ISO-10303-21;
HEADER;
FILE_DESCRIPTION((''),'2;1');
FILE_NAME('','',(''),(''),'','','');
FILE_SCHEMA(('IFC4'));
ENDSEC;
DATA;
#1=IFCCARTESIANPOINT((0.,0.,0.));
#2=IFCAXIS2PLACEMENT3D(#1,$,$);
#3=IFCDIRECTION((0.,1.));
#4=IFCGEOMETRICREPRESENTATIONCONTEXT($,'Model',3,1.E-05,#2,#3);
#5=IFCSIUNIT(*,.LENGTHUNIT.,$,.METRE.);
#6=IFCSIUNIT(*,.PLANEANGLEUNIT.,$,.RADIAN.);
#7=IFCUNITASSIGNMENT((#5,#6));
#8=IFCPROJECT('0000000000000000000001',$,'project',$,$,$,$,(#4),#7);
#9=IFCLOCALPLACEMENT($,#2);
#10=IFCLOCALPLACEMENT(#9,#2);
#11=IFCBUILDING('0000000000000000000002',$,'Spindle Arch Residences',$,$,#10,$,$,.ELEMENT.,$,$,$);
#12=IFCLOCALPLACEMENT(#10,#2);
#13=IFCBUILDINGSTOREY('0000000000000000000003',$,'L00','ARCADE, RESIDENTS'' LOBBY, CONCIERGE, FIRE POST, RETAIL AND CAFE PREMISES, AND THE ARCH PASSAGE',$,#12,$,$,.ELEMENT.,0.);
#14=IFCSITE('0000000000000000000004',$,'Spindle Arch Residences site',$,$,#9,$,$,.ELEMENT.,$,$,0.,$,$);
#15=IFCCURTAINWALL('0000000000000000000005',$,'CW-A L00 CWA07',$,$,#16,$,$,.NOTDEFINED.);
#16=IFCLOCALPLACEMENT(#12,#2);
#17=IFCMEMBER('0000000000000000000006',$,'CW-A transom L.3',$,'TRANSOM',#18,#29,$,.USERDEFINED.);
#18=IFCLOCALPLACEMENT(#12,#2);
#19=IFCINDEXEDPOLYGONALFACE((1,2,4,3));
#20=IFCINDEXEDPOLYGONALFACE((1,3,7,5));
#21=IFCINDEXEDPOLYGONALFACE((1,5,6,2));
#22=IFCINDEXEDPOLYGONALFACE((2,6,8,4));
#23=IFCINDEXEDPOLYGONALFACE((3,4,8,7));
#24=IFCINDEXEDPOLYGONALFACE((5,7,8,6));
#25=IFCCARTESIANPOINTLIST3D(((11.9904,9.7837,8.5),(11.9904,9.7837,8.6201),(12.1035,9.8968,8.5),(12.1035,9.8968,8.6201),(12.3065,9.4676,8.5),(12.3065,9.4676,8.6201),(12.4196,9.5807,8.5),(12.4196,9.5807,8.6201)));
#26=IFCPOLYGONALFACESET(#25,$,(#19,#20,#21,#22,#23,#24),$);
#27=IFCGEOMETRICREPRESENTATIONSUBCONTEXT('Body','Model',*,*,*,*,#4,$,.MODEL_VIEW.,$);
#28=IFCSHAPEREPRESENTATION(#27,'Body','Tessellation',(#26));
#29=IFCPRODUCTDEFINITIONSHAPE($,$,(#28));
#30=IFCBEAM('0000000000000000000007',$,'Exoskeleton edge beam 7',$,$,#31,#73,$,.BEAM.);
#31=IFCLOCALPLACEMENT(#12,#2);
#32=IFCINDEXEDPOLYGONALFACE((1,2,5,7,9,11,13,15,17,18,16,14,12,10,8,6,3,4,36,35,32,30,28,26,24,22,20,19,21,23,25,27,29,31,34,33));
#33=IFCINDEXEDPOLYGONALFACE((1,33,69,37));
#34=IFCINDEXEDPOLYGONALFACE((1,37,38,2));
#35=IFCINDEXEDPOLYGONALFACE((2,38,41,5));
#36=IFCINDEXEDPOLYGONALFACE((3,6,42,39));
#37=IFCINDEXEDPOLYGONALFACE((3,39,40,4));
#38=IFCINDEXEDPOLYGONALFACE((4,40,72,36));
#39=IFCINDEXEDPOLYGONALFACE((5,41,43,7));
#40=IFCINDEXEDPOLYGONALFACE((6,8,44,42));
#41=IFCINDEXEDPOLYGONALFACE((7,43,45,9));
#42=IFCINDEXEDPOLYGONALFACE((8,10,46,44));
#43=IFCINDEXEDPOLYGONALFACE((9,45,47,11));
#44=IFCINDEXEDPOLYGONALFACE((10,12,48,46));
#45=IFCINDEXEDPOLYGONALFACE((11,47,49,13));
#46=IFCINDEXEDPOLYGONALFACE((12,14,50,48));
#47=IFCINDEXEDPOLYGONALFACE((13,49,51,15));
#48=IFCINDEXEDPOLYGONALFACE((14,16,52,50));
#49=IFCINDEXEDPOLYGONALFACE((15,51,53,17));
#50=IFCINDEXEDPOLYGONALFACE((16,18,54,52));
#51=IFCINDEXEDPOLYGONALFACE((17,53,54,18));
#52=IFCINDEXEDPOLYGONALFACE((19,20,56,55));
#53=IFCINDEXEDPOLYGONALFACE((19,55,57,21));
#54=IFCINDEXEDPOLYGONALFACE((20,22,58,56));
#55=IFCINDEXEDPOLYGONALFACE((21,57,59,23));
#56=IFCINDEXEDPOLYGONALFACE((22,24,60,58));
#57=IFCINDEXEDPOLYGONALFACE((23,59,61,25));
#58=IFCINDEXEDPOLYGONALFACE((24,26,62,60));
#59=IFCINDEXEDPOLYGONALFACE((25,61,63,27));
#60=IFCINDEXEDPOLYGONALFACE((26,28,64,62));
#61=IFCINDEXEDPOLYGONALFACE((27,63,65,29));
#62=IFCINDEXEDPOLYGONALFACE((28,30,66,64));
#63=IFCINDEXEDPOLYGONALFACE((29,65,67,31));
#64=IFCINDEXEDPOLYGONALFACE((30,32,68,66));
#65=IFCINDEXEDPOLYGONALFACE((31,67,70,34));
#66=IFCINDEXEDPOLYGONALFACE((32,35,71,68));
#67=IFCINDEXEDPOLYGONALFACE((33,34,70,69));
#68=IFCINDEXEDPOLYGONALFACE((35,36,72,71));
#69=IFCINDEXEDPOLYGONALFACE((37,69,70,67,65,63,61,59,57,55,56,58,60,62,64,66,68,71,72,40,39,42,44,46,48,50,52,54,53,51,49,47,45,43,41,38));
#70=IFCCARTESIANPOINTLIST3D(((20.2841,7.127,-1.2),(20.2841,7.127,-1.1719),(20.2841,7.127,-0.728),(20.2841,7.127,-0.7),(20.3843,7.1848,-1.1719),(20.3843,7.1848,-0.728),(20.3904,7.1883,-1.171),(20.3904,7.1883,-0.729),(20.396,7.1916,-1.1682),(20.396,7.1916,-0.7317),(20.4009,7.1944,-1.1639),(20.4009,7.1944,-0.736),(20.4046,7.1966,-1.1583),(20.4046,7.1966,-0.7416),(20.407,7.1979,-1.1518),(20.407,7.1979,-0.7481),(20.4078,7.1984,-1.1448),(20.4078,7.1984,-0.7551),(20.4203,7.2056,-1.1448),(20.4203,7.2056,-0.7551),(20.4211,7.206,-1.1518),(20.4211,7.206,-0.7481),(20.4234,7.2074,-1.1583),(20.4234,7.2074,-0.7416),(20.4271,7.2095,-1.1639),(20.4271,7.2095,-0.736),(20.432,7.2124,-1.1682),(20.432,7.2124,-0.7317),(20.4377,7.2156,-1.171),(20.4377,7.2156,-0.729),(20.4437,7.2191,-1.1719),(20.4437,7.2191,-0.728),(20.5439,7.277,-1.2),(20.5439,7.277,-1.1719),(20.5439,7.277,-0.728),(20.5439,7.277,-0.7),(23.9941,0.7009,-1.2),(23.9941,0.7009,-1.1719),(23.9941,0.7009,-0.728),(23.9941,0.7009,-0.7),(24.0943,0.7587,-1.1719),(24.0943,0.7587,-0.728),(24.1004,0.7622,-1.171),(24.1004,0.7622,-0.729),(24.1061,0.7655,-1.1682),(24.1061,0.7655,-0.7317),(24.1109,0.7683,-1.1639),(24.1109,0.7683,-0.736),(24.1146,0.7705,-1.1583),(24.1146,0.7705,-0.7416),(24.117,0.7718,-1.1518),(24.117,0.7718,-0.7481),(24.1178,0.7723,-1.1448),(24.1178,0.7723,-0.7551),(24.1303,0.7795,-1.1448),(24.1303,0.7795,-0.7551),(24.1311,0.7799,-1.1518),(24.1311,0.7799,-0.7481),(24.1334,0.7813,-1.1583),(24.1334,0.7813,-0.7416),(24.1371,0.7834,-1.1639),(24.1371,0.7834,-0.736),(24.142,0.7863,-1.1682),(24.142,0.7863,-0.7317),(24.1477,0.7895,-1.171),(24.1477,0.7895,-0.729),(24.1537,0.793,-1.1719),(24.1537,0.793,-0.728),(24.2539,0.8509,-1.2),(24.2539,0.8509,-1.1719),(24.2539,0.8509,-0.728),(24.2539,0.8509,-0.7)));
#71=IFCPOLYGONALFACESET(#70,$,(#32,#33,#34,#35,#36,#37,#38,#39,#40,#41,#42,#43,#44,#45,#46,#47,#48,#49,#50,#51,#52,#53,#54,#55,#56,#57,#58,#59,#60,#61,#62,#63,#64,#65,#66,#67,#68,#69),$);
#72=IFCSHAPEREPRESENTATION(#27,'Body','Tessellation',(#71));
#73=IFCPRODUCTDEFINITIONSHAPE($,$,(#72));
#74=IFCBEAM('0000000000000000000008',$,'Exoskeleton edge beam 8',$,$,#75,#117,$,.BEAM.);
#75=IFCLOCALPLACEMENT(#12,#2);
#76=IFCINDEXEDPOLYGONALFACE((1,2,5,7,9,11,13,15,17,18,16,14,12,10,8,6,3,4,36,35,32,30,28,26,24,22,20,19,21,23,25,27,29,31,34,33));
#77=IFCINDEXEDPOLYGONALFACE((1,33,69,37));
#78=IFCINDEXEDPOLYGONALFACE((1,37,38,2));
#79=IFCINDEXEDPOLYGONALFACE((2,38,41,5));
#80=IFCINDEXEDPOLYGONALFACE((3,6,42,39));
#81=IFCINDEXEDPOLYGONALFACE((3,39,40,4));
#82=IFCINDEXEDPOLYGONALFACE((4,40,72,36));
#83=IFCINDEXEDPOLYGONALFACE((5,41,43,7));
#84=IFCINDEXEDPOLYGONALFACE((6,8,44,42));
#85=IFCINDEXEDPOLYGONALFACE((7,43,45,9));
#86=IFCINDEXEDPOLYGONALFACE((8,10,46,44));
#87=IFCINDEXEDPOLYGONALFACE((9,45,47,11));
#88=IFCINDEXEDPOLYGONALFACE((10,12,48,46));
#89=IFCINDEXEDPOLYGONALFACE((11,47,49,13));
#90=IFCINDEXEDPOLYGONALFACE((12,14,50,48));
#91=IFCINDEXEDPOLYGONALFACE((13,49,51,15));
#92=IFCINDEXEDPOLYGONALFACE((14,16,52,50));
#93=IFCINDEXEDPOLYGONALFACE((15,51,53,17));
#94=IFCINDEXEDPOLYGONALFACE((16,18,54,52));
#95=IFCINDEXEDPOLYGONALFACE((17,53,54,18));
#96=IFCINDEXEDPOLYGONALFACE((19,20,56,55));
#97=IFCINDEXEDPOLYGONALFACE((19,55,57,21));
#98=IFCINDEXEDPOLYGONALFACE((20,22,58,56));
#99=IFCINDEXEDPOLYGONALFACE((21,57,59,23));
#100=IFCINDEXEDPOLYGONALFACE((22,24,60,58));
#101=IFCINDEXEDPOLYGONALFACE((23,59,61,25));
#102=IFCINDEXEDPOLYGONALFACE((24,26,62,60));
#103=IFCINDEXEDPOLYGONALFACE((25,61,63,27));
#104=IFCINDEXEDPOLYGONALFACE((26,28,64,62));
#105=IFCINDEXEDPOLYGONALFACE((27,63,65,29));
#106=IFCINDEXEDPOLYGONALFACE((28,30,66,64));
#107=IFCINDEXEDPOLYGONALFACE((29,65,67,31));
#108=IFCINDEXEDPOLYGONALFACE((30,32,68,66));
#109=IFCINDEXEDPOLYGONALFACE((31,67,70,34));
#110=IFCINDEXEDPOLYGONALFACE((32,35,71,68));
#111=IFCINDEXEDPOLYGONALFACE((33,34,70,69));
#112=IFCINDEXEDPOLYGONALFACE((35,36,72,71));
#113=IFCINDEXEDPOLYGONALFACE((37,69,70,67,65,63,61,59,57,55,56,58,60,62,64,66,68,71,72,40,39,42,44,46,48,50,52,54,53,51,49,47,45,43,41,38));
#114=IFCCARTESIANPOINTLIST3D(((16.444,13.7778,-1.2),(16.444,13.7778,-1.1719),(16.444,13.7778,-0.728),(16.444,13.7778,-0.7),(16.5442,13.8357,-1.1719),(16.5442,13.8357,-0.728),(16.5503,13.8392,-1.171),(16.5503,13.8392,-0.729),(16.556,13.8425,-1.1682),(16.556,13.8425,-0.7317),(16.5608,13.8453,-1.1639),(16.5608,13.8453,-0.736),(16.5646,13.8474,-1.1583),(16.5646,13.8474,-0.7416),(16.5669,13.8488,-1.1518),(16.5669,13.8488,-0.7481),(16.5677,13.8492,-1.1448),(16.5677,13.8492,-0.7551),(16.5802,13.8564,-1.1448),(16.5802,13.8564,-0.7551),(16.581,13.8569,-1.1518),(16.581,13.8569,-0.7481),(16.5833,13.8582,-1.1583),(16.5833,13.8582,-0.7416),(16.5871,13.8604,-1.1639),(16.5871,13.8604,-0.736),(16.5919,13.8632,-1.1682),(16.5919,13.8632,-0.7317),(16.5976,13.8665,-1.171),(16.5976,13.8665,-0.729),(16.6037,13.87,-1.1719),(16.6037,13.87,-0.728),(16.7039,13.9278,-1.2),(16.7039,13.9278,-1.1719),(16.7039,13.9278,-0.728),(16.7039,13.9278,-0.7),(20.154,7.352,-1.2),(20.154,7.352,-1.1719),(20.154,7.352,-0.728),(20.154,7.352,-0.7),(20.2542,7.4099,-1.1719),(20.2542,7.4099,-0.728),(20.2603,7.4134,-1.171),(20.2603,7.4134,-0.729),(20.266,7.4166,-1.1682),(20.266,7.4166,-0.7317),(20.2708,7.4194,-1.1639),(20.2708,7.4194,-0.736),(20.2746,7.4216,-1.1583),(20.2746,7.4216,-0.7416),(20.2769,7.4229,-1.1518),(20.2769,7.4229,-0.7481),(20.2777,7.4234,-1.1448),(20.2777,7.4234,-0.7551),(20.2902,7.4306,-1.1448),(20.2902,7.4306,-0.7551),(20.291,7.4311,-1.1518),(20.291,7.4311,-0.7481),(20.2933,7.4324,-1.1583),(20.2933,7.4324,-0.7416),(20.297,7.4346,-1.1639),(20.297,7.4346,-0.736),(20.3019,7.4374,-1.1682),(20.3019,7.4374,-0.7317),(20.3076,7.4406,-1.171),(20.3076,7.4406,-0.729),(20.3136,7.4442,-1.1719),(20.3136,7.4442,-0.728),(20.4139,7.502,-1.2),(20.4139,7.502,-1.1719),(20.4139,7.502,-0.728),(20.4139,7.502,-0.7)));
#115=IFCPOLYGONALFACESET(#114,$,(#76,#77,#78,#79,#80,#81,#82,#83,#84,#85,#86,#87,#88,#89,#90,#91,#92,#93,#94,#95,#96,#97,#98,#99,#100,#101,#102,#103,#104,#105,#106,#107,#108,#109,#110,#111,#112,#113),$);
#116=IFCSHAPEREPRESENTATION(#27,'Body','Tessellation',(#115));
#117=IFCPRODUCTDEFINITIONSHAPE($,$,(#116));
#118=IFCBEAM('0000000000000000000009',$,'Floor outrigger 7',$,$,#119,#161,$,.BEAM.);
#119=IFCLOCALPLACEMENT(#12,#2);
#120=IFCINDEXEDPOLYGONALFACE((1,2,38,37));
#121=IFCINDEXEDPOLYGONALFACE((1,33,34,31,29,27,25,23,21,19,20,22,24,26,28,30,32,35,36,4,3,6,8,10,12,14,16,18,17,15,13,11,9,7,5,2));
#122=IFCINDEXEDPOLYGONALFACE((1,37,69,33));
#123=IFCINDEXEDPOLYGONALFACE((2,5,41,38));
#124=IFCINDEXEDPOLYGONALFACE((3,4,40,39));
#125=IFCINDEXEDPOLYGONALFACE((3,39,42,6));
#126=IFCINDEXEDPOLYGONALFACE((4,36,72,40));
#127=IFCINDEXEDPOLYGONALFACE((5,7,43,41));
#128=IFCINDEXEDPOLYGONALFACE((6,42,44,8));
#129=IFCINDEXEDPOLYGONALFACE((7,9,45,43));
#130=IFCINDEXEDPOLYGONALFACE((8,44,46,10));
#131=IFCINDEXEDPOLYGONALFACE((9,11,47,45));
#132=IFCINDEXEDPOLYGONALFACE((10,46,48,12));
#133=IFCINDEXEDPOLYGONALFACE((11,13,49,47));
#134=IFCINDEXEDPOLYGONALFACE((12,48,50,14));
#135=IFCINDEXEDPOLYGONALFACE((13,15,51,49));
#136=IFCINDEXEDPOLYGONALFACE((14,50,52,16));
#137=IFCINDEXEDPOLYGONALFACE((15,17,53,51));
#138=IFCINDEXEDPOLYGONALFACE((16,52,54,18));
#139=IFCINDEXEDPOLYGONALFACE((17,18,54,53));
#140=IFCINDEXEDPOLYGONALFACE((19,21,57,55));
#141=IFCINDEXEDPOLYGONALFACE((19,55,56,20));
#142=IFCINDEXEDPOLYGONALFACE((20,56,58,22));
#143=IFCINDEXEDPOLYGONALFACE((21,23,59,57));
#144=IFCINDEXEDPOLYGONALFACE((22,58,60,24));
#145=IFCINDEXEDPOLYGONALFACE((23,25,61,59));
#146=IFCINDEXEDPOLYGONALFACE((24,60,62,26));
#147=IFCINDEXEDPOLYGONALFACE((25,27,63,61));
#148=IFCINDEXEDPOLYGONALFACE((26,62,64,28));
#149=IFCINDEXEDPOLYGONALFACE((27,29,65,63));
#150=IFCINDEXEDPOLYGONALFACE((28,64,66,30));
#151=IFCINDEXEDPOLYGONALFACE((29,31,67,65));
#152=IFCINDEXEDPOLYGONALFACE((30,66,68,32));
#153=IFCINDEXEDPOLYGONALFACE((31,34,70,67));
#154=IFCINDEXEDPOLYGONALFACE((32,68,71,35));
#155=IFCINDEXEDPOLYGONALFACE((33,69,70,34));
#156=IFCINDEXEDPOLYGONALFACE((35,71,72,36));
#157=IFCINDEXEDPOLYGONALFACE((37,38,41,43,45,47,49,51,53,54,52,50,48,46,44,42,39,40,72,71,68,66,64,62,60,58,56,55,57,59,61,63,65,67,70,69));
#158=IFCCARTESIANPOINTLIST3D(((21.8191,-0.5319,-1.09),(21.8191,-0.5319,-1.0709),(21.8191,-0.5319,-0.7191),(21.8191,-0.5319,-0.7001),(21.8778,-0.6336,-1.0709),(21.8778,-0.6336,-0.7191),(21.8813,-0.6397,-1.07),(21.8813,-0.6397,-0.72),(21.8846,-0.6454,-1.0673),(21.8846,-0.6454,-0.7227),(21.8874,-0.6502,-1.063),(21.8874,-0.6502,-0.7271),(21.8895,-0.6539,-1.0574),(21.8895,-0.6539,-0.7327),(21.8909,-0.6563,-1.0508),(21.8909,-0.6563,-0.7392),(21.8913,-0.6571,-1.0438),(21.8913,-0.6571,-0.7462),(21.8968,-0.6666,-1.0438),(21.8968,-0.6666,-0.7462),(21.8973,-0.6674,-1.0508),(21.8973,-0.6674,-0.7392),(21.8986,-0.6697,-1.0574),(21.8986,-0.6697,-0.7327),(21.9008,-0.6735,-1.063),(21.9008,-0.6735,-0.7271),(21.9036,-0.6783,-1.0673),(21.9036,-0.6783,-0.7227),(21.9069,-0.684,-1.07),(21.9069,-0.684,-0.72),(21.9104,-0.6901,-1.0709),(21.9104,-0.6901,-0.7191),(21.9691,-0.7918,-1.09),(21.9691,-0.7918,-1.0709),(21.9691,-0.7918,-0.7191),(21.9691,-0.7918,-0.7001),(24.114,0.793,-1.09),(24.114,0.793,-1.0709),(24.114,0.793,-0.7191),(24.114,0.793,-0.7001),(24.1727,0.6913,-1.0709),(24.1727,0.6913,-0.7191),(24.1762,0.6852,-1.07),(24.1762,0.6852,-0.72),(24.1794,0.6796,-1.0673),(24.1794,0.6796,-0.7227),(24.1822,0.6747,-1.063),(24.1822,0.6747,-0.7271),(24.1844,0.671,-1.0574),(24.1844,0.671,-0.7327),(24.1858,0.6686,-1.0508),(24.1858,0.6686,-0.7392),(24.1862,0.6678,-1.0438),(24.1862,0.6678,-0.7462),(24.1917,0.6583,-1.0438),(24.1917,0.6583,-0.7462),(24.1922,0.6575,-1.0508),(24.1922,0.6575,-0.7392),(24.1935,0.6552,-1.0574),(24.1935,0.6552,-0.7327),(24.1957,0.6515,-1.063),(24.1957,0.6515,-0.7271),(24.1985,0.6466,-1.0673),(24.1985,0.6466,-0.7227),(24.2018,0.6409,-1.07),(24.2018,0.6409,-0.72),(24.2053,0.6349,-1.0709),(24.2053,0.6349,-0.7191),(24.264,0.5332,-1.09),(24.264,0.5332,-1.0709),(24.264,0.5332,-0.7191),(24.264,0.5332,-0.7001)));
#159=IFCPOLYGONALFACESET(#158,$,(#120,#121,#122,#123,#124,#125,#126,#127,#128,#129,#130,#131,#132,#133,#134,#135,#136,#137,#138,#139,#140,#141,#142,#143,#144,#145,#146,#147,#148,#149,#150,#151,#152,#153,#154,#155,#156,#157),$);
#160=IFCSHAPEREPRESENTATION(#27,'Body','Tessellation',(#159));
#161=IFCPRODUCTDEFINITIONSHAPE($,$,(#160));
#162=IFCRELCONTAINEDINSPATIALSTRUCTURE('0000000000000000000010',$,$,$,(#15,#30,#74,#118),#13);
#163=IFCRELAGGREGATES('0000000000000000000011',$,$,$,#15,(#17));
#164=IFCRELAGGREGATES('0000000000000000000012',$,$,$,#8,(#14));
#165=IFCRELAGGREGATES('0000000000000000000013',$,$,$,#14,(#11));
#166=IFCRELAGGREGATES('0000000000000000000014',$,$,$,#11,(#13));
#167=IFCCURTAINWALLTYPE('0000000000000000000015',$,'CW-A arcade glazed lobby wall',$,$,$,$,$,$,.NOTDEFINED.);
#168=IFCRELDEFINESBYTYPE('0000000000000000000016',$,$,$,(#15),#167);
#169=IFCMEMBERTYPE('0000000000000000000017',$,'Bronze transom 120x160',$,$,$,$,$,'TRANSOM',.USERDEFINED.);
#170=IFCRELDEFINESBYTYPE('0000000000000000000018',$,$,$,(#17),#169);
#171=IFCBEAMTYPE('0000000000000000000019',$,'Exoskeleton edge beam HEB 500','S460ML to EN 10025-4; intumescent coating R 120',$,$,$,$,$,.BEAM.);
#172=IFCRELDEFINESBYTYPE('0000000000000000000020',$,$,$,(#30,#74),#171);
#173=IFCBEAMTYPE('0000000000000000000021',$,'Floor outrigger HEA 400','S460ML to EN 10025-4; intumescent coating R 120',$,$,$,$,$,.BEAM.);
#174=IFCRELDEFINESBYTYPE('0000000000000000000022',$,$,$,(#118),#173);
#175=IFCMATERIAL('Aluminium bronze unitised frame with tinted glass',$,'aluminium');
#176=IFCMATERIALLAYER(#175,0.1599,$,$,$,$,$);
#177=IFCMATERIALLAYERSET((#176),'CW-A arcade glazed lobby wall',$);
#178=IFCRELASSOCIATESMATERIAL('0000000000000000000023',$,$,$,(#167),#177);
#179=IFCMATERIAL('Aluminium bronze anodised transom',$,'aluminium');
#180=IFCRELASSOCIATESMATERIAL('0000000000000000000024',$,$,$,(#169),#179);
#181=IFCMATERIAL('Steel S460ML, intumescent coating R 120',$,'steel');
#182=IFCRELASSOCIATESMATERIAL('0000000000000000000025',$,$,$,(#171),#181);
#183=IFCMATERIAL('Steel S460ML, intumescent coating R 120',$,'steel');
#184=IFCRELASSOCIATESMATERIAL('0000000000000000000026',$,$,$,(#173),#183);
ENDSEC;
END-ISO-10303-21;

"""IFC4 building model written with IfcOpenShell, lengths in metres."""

from ifc_helpers import new_model, si_unit, direction, frame, origin, origin_2d, place, context, subcontext, project, spatial, rectangle, i_section, extrude, material, layer, layer_set, material_profile, profile_set, type_object, element, aggregate, save


model = new_model("IFC4")

# Units and contexts
model_context = context("Model", 3, precision=1e-05, world=origin(), true_north=direction((0.0, 1.0)))
body_context = subcontext(model_context, "Body", "Model", "MODEL_VIEW")
ifc_project = project(units=[si_unit("LENGTHUNIT", "METRE"), si_unit("PLANEANGLEUNIT", "RADIAN")], contexts=[model_context])

# Site, building, storey
site_placement = place(None, origin())
site = spatial("IfcSite", under=ifc_project, at=site_placement, Name="Spindle Arch Residences site", CompositionType="ELEMENT", RefElevation=0.0)
building_placement = place(site_placement, origin())
building = spatial("IfcBuilding", under=site, at=building_placement, Name="Spindle Arch Residences", CompositionType="ELEMENT")
storey_placement = place(building_placement, origin())
storey = spatial("IfcBuildingStorey", under=building, at=storey_placement, Name="L00", Description="ARCADE, RESIDENTS' LOBBY, CONCIERGE, FIRE POST, RETAIL AND CAFE PREMISES, AND THE ARCH PASSAGE", CompositionType="ELEMENT", Elevation=0.0)

# Curtain wall
ifc_material_1 = material(Name="Aluminium bronze unitised frame with tinted glass", Category="aluminium")
ifc_layer_1 = layer(ifc_material_1, 0.1599)
ifc_layer_set_1 = layer_set([ifc_layer_1], Name="CW-A arcade glazed lobby wall")
curtain_wall_type = type_object("IfcCurtainWallType", Name="CW-A arcade glazed lobby wall", PredefinedType="NOTDEFINED", material=ifc_layer_set_1)
curtain_wall_1_placement = place(storey_placement, origin())
curtain_wall_1 = element("IfcCurtainWall", 1, at=curtain_wall_1_placement, inside=storey, type_object=curtain_wall_type, Name="CW-A L00 CWA07", PredefinedType="NOTDEFINED")

# Member
ifc_material_2 = material(Name="Aluminium bronze anodised transom", Category="aluminium")
ifc_material_profile_1 = material_profile(ifc_material_2, rectangle(XDim=0.1599, YDim=0.1201, at=origin_2d()), Name="TR 120x160")
ifc_profile_set_1 = profile_set([ifc_material_profile_1], Name="Aluminium bronze anodised transom")
member_type_1 = type_object("IfcMemberType", Name="Bronze transom 120x160", ElementType="TRANSOM", PredefinedType="USERDEFINED", material=ifc_profile_set_1)
member_1_placement = place(storey_placement, frame((12.363, 9.5242, 8.5601), z_axis=(-0.707107, 0.707107, 0.0), x_axis=(-0.707107, -0.707107, 0.0)))
member_1 = element("IfcMember", 2, at=member_1_placement, type_object=member_type_1, Name="CW-A transom L.3", ObjectType="TRANSOM", PredefinedType="USERDEFINED", context=body_context, shape_type="SweptSolid", body=[
    extrude(rectangle(XDim=0.1599, YDim=0.1201, at=origin_2d()), origin(), (0.0, 0.0, 1.0), 0.447),
])

# Beams
ifc_material_3 = material(Name="Steel S460ML, intumescent coating R 120", Category="steel")
ifc_material_profile_2 = material_profile(ifc_material_3, i_section(OverallWidth=0.3, OverallDepth=0.5, WebThickness=0.0144, FlangeThickness=0.0281, FilletRadius=0.0271, at=origin_2d()), Name="HEB 500")
ifc_profile_set_2 = profile_set([ifc_material_profile_2], Name="Steel S460ML, intumescent coating R 120")
beam_type_1 = type_object("IfcBeamType", Name="Exoskeleton edge beam HEB 500", Description="S460ML to EN 10025-4; intumescent coating R 120", PredefinedType="BEAM", material=ifc_profile_set_2)
beam_1_placement = place(storey_placement, frame((24.124, 0.7759, -0.95), z_axis=(-0.499989, 0.866032, 0.0), x_axis=(-0.866032, -0.499989, 0.0)))
element("IfcBeam", 3, at=beam_1_placement, inside=storey, type_object=beam_type_1, Name="Exoskeleton edge beam 7", PredefinedType="BEAM", context=body_context, shape_type="SweptSolid", body=[
    extrude(i_section(OverallWidth=0.3, OverallDepth=0.5, WebThickness=0.0144, FlangeThickness=0.0281, FilletRadius=0.0271, at=origin_2d()), origin(), (0.0, 0.0, 1.0), 7.4202),
])
beam_2_placement = place(storey_placement, frame((20.2839, 7.427, -0.95), z_axis=(-0.500003, 0.866023, 0.0), x_axis=(-0.866023, -0.500003, 0.0)))
element("IfcBeam", 4, at=beam_2_placement, inside=storey, type_object=beam_type_1, Name="Exoskeleton edge beam 8", PredefinedType="BEAM", context=body_context, shape_type="SweptSolid", body=[
    extrude(i_section(OverallWidth=0.3, OverallDepth=0.5, WebThickness=0.0144, FlangeThickness=0.0281, FilletRadius=0.0271, at=origin_2d()), origin(), (0.0, 0.0, 1.0), 7.4199),
])
ifc_material_4 = material(Name="Steel S460ML, intumescent coating R 120", Category="steel")
ifc_material_profile_3 = material_profile(ifc_material_4, i_section(OverallWidth=0.3, OverallDepth=0.3899, WebThickness=0.011, FlangeThickness=0.019, FilletRadius=0.0271, at=origin_2d()), Name="HEA 400")
ifc_profile_set_3 = profile_set([ifc_material_profile_3], Name="Steel S460ML, intumescent coating R 120")
beam_type_2 = type_object("IfcBeamType", Name="Floor outrigger HEA 400", Description="S460ML to EN 10025-4; intumescent coating R 120", PredefinedType="BEAM", material=ifc_profile_set_3)
beam_3_placement = place(storey_placement, frame((24.189, 0.6631, -0.895), z_axis=(-0.866029, -0.499994, 0.0), x_axis=(0.499994, -0.866029, 0.0)))
element("IfcBeam", 5, at=beam_3_placement, inside=storey, type_object=beam_type_2, Name="Floor outrigger 7", PredefinedType="BEAM", context=body_context, shape_type="SweptSolid", body=[
    extrude(i_section(OverallWidth=0.3, OverallDepth=0.3899, WebThickness=0.011, FlangeThickness=0.019, FilletRadius=0.0271, at=origin_2d()), origin(), (0.0, 0.0, 1.0), 2.6499),
])

aggregate(curtain_wall_1, [member_1])

save(model, "model.ifc")
